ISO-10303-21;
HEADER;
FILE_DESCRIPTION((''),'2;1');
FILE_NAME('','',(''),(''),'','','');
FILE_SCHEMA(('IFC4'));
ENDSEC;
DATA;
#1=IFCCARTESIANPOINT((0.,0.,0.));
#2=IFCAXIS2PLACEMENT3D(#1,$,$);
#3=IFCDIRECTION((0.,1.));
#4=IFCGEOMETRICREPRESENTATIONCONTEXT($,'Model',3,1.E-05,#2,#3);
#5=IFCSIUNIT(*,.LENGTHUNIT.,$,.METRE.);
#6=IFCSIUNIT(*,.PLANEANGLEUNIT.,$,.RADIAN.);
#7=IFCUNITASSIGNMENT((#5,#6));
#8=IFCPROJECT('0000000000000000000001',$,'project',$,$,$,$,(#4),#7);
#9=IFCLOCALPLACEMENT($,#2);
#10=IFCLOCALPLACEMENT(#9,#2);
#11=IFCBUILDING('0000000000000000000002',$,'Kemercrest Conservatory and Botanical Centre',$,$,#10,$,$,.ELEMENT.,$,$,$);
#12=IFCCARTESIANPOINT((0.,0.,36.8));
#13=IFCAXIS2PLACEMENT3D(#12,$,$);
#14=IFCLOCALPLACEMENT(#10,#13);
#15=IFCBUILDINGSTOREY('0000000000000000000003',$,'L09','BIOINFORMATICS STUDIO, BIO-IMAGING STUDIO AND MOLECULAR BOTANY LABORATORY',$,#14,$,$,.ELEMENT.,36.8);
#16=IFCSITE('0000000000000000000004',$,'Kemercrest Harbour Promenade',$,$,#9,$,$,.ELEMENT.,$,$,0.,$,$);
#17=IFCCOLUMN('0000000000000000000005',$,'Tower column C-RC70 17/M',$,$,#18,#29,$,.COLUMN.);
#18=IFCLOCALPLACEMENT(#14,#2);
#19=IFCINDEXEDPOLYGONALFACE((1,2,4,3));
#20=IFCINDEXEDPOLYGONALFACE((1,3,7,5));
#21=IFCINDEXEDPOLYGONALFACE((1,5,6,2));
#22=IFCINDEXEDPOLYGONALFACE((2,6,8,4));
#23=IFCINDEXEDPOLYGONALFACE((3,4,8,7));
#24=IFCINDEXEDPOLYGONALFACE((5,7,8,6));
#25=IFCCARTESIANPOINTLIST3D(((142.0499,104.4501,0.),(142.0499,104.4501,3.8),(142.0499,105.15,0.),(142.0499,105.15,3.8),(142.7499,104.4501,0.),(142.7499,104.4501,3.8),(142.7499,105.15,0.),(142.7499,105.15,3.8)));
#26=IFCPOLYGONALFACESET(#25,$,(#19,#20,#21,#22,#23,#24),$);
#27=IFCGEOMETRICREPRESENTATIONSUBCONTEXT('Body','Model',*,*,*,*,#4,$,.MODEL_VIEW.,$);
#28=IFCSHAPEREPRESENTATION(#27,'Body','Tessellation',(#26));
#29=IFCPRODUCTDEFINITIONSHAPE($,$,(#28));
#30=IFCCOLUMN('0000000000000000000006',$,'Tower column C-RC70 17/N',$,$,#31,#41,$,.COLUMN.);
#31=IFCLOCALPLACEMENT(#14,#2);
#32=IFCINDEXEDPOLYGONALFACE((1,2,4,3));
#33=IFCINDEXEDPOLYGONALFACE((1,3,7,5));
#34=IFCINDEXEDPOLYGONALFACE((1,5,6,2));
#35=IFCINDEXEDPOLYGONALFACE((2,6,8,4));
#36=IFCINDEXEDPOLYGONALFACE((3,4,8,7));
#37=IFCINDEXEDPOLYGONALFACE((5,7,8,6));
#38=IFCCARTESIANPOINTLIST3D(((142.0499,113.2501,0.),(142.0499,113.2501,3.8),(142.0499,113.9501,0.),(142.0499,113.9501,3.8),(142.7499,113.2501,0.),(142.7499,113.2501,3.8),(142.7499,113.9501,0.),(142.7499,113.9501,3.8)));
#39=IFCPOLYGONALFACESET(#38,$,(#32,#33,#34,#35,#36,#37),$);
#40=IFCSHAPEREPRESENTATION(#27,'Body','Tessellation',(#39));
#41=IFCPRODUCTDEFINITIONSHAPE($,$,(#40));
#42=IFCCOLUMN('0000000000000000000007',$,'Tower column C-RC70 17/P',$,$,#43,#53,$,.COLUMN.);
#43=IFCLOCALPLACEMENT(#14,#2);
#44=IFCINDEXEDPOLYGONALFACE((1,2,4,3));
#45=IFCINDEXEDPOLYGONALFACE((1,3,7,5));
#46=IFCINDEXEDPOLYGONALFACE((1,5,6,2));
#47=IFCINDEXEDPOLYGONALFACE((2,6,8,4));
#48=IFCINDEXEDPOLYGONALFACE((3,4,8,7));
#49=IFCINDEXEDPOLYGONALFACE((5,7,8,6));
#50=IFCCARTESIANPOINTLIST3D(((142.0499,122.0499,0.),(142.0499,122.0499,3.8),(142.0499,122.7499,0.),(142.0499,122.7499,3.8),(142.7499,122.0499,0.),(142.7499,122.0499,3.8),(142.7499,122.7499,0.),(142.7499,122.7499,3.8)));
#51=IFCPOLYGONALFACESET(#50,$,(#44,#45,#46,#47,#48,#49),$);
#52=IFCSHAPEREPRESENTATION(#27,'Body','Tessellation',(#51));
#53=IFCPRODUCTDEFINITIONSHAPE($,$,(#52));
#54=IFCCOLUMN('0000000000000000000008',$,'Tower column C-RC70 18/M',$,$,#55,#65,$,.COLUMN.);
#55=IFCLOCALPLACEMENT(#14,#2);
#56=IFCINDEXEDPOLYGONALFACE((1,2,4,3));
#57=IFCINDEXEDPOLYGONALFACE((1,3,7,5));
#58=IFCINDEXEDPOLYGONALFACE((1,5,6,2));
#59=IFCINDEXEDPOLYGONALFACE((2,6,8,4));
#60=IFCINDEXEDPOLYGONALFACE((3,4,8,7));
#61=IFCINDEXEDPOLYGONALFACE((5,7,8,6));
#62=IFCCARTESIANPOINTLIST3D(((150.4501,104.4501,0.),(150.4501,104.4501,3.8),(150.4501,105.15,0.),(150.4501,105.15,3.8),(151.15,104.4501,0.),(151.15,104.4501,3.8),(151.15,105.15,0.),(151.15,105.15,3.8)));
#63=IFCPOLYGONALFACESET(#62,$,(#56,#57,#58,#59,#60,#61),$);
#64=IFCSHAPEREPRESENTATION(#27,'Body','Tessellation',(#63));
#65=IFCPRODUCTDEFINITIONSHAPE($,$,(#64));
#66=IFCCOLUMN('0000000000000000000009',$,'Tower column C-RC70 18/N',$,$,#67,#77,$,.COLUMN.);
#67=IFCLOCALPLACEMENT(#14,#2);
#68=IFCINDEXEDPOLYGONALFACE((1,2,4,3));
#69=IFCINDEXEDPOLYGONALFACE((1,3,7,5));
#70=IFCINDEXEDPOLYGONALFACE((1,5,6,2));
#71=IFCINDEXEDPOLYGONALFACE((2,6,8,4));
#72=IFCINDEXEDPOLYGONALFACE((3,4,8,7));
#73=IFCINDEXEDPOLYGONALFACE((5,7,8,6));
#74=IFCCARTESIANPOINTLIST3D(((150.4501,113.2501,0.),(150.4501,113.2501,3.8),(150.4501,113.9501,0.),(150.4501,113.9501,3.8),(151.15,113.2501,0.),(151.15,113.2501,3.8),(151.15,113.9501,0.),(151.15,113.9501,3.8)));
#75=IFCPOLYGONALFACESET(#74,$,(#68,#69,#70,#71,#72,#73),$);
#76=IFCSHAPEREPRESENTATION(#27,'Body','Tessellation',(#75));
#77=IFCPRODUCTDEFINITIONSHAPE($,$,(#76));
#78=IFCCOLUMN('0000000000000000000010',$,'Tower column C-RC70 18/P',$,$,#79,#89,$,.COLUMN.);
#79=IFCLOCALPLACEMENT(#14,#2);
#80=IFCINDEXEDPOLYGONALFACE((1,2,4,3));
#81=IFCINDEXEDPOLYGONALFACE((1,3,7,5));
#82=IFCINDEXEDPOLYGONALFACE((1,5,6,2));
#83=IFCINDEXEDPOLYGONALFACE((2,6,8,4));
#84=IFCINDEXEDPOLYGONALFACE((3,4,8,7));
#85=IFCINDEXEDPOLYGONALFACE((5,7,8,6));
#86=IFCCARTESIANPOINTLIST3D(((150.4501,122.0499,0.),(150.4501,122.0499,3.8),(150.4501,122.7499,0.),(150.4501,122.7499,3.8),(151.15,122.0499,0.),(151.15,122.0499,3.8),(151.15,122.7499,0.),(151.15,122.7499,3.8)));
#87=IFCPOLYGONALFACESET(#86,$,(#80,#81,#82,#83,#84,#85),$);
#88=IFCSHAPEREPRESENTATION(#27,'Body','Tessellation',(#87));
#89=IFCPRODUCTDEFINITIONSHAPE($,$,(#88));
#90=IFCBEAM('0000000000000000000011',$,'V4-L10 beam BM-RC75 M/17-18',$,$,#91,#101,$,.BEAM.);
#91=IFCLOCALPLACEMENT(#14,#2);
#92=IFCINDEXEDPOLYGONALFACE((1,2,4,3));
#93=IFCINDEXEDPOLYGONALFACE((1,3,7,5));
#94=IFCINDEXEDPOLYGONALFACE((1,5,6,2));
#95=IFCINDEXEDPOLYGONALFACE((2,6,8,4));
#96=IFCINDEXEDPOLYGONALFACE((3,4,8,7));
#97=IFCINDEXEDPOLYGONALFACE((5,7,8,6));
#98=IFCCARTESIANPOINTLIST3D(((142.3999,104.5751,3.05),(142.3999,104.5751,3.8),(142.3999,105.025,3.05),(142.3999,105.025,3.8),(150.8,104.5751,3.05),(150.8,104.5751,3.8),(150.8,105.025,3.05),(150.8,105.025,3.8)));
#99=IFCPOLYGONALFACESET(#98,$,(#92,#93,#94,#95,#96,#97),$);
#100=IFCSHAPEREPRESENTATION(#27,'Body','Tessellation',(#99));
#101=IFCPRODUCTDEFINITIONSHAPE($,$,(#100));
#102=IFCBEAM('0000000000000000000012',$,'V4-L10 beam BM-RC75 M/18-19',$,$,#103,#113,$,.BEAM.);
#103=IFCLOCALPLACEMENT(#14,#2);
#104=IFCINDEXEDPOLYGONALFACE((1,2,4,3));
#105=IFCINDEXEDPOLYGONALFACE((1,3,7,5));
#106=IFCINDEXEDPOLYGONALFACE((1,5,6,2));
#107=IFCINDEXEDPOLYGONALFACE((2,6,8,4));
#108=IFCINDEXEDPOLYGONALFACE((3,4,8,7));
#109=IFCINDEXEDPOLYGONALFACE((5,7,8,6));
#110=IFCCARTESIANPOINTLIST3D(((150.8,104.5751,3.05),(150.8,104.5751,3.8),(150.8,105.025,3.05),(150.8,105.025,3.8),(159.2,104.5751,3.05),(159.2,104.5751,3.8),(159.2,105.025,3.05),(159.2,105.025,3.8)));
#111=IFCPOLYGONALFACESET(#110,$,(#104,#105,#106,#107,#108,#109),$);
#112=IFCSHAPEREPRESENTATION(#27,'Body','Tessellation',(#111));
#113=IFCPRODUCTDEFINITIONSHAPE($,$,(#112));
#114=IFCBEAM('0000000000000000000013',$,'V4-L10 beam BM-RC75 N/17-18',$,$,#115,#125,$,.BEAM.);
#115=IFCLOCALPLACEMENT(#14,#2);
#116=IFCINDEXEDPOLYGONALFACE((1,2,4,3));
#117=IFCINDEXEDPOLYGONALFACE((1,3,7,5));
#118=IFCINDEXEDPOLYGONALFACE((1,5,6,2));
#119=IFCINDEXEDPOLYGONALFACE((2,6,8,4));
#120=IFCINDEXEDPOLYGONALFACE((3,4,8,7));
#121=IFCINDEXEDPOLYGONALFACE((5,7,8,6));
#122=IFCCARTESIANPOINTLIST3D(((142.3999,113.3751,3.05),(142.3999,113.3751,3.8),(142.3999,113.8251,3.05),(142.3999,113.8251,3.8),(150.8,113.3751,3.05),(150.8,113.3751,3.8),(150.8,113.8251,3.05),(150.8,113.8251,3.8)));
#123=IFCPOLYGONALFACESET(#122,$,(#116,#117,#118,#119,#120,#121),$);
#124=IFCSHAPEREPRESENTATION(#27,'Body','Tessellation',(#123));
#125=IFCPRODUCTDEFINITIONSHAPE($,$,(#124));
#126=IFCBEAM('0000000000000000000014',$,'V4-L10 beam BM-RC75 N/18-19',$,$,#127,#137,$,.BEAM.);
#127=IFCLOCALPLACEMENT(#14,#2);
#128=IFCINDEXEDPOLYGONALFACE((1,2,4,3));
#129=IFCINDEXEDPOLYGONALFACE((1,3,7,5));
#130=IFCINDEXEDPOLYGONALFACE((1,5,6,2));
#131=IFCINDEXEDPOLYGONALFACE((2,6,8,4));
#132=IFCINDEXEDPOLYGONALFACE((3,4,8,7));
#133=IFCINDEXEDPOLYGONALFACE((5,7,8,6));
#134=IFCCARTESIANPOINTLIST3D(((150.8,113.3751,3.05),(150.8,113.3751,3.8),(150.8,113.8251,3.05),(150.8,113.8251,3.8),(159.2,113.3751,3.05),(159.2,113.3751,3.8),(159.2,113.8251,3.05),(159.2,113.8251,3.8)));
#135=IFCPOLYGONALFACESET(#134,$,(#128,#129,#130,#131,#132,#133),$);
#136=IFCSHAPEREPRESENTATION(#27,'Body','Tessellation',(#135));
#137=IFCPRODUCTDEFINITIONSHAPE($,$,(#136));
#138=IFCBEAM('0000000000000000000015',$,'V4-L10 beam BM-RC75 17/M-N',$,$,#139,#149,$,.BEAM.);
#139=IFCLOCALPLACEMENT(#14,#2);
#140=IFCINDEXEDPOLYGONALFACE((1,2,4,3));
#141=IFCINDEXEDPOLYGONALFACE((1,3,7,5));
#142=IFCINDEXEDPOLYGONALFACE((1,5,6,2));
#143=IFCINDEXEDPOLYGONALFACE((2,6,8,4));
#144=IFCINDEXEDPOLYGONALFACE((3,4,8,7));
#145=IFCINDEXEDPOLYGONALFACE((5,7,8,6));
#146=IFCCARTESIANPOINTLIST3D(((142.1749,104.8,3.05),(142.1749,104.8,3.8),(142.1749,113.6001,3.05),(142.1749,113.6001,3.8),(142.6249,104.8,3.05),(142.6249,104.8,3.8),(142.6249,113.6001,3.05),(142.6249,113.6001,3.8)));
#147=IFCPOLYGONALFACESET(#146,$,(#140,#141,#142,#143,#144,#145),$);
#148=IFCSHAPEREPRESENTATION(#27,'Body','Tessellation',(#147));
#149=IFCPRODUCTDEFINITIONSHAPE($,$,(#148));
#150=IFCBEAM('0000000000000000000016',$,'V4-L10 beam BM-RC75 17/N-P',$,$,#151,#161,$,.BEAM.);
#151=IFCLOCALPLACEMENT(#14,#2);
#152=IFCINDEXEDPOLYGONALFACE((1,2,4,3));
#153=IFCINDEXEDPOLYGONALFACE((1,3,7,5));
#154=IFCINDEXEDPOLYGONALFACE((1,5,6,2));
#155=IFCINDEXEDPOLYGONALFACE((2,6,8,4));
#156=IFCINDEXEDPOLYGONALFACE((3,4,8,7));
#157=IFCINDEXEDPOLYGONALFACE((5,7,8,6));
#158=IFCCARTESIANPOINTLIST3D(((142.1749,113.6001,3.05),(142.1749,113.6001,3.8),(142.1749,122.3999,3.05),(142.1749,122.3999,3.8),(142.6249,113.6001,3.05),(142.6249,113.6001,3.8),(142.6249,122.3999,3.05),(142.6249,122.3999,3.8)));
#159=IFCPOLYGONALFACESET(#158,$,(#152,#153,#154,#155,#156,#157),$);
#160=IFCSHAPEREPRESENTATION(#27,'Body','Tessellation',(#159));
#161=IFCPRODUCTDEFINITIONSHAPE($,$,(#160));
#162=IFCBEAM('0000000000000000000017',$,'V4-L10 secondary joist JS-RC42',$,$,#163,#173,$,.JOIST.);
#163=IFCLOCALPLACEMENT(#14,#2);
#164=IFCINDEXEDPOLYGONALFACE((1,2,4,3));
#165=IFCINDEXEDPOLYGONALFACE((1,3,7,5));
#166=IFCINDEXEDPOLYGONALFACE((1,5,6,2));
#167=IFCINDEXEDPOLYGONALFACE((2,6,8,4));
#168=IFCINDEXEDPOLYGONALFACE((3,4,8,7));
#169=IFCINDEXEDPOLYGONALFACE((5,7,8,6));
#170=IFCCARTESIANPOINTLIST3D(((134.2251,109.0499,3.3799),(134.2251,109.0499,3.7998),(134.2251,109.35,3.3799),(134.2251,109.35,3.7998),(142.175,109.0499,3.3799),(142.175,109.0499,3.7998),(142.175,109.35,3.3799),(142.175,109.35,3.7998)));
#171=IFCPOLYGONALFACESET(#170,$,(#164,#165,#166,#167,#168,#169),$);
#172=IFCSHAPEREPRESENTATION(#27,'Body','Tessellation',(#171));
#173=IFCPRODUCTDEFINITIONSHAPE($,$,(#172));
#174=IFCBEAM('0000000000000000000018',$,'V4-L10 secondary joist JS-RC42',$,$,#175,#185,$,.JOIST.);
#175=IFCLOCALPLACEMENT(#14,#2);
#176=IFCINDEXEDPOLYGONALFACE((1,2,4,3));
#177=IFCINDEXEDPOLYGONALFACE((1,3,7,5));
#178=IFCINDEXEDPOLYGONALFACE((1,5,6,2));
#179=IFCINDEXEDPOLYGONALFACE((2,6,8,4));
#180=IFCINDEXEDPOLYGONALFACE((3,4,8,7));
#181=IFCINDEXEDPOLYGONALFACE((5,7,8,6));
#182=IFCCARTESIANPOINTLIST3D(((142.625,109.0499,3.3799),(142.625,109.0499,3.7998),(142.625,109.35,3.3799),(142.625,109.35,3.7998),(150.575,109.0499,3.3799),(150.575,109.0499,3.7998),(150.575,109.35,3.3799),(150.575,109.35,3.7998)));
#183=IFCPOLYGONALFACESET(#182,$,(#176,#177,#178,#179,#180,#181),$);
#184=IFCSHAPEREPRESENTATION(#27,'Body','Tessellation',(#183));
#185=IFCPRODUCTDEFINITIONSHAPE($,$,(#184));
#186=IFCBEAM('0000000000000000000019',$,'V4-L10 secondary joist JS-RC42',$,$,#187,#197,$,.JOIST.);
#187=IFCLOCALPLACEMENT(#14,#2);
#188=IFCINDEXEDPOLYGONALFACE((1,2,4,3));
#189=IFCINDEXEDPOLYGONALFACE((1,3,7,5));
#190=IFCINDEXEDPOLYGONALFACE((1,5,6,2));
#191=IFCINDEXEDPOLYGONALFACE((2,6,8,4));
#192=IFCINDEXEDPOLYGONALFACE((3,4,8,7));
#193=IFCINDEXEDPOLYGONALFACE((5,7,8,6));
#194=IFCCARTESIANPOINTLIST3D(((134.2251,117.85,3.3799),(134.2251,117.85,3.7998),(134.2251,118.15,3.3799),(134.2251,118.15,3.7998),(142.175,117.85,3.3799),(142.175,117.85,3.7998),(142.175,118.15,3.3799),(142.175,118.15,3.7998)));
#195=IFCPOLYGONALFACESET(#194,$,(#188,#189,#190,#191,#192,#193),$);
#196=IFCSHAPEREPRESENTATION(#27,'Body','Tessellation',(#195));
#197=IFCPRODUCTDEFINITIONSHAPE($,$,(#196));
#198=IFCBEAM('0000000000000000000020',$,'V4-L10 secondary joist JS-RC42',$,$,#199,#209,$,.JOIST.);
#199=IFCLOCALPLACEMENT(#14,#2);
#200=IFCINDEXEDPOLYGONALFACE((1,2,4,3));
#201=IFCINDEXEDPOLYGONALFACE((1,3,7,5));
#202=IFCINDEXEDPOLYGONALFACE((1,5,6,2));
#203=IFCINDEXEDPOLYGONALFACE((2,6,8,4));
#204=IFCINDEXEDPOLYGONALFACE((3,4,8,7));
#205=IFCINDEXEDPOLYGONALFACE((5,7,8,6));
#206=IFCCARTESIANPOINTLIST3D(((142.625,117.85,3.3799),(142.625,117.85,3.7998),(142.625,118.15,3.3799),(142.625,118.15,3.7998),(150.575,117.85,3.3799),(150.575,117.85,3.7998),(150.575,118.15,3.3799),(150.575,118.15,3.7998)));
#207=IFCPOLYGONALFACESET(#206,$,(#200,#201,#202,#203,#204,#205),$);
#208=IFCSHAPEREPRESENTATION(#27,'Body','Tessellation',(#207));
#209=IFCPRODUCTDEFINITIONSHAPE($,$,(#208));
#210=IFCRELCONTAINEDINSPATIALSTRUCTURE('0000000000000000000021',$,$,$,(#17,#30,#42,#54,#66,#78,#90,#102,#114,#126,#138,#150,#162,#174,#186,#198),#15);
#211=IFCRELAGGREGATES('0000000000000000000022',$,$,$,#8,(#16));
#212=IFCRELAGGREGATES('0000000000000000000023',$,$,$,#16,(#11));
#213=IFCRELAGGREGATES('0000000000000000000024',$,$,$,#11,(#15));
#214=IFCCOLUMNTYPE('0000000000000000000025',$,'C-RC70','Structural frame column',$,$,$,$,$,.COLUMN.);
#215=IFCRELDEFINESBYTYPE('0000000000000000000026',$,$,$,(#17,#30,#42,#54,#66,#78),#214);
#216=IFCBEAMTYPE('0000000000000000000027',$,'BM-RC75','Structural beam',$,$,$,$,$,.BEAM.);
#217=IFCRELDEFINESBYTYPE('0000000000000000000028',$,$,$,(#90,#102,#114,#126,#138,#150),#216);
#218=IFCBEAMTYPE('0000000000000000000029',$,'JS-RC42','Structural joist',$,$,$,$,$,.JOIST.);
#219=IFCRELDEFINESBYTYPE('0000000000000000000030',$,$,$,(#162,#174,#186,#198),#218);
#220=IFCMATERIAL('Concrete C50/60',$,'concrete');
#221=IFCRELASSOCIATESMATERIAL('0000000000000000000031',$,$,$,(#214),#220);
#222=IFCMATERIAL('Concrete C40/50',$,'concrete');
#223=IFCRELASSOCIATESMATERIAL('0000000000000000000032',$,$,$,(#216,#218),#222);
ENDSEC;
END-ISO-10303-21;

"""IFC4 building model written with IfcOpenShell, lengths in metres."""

from ifc_helpers import new_model, si_unit, direction, frame, origin, origin_2d, place, context, subcontext, project, spatial, rectangle, extrude, material, material_profile, profile_set, type_object, element, save


model = new_model("IFC4")

# Units and contexts
model_context = context("Model", 3, precision=1e-05, world=origin(), true_north=direction((0.0, 1.0)))
body_context = subcontext(model_context, "Body", "Model", "MODEL_VIEW")
ifc_project = project(units=[si_unit("LENGTHUNIT", "METRE"), si_unit("PLANEANGLEUNIT", "RADIAN")], contexts=[model_context])

# Site, building, storey
site_placement = place(None, origin())
site = spatial("IfcSite", under=ifc_project, at=site_placement, Name="Kemercrest Harbour Promenade", CompositionType="ELEMENT", RefElevation=0.0)
building_placement = place(site_placement, origin())
building = spatial("IfcBuilding", under=site, at=building_placement, Name="Kemercrest Conservatory and Botanical Centre", CompositionType="ELEMENT")
storey_placement = place(building_placement, frame((0.0, 0.0, 36.8)))
storey = spatial("IfcBuildingStorey", under=building, at=storey_placement, Name="L09", Description="BIOINFORMATICS STUDIO, BIO-IMAGING STUDIO AND MOLECULAR BOTANY LABORATORY", CompositionType="ELEMENT", Elevation=36.8)

# Columns
ifc_material_1 = material(Name="Concrete C50/60", Category="concrete")
ifc_material_profile_1 = material_profile(ifc_material_1, rectangle(XDim=0.7, YDim=0.7, at=origin_2d()), Name="RC 700x700")
ifc_profile_set_1 = profile_set([ifc_material_profile_1], Name="Concrete C50/60")
column_type = type_object("IfcColumnType", Name="C-RC70", Description="Structural frame column", PredefinedType="COLUMN", material=ifc_profile_set_1)
for number, where, z_axis, x_axis, name in (
    (1, (142.3999, 104.8, 0.0), (0.0, 0.0, 1.0), (1.0, 0.0, 0.0), "Tower column C-RC70 17/M"),
    (2, (142.3999, 113.6001, 0.0), (0.0, 0.0, 1.0), (1.0, 0.0, 0.0), "Tower column C-RC70 17/N"),
    (3, (142.3999, 122.3999, 0.0), (0.0, 0.0, 1.0), (1.0, 0.0, 0.0), "Tower column C-RC70 17/P"),
    (4, (150.8, 104.8, 0.0), (0.0, 0.0, 1.0), (1.0, 0.0, 0.0), "Tower column C-RC70 18/M"),
    (5, (150.8, 113.6001, 0.0), (0.0, 0.0, 1.0), (1.0, 0.0, 0.0), "Tower column C-RC70 18/N"),
    (6, (150.8, 122.3999, 0.0), (0.0, 0.0, 1.0), (1.0, 0.0, 0.0), "Tower column C-RC70 18/P"),
):
    element("IfcColumn", number, at=place(storey_placement, frame(where, z_axis=z_axis, x_axis=x_axis)), inside=storey, type_object=column_type, Name=name, PredefinedType="COLUMN", context=body_context, shape_type="SweptSolid", body=[
        extrude(rectangle(XDim=0.7, YDim=0.7, at=origin_2d()), origin(), (0.0, 0.0, 1.0), 3.8),
    ])

# Beams
ifc_material_2 = material(Name="Concrete C40/50", Category="concrete")
ifc_material_profile_2 = material_profile(ifc_material_2, rectangle(XDim=0.45, YDim=0.75, at=origin_2d()), Name="RC 450x750")
ifc_profile_set_2 = profile_set([ifc_material_profile_2], Name="Concrete C40/50")
beam_type_1 = type_object("IfcBeamType", Name="BM-RC75", Description="Structural beam", PredefinedType="BEAM", material=ifc_profile_set_2)
beam_1_placement = place(storey_placement, frame((142.3999, 104.8, 3.425), z_axis=(1.0, 0.0, 0.0), x_axis=(0.0, 1.0, 0.0)))
element("IfcBeam", 7, at=beam_1_placement, inside=storey, type_object=beam_type_1, Name="V4-L10 beam BM-RC75 M/17-18", PredefinedType="BEAM", context=body_context, shape_type="SweptSolid", body=[
    extrude(rectangle(XDim=0.45, YDim=0.75, at=origin_2d()), origin(), (0.0, 0.0, 1.0), 8.4001),
])
beam_2_placement = place(storey_placement, frame((150.8, 104.8, 3.425), z_axis=(1.0, 0.0, 0.0), x_axis=(0.0, 1.0, 0.0)))
element("IfcBeam", 8, at=beam_2_placement, inside=storey, type_object=beam_type_1, Name="V4-L10 beam BM-RC75 M/18-19", PredefinedType="BEAM", context=body_context, shape_type="SweptSolid", body=[
    extrude(rectangle(XDim=0.45, YDim=0.75, at=origin_2d()), origin(), (0.0, 0.0, 1.0), 8.3999),
])
beam_3_placement = place(storey_placement, frame((142.3999, 113.6001, 3.425), z_axis=(1.0, 0.0, 0.0), x_axis=(0.0, 1.0, 0.0)))
element("IfcBeam", 9, at=beam_3_placement, inside=storey, type_object=beam_type_1, Name="V4-L10 beam BM-RC75 N/17-18", PredefinedType="BEAM", context=body_context, shape_type="SweptSolid", body=[
    extrude(rectangle(XDim=0.45, YDim=0.75, at=origin_2d()), origin(), (0.0, 0.0, 1.0), 8.4001),
])
beam_4_placement = place(storey_placement, frame((150.8, 113.6001, 3.425), z_axis=(1.0, 0.0, 0.0), x_axis=(0.0, 1.0, 0.0)))
element("IfcBeam", 10, at=beam_4_placement, inside=storey, type_object=beam_type_1, Name="V4-L10 beam BM-RC75 N/18-19", PredefinedType="BEAM", context=body_context, shape_type="SweptSolid", body=[
    extrude(rectangle(XDim=0.45, YDim=0.75, at=origin_2d()), origin(), (0.0, 0.0, 1.0), 8.3999),
])
beam_5_placement = place(storey_placement, frame((142.3999, 104.8, 3.425), z_axis=(0.0, 1.0, 0.0), x_axis=(-1.0, 0.0, 0.0)))
element("IfcBeam", 11, at=beam_5_placement, inside=storey, type_object=beam_type_1, Name="V4-L10 beam BM-RC75 17/M-N", PredefinedType="BEAM", context=body_context, shape_type="SweptSolid", body=[
    extrude(rectangle(XDim=0.45, YDim=0.75, at=origin_2d()), origin(), (0.0, 0.0, 1.0), 8.8),
])
beam_6_placement = place(storey_placement, frame((142.3999, 113.6001, 3.425), z_axis=(0.0, 1.0, 0.0), x_axis=(-1.0, 0.0, 0.0)))
element("IfcBeam", 12, at=beam_6_placement, inside=storey, type_object=beam_type_1, Name="V4-L10 beam BM-RC75 17/N-P", PredefinedType="BEAM", context=body_context, shape_type="SweptSolid", body=[
    extrude(rectangle(XDim=0.45, YDim=0.75, at=origin_2d()), origin(), (0.0, 0.0, 1.0), 8.7998),
])
ifc_material_profile_3 = material_profile(ifc_material_2, rectangle(XDim=0.3, YDim=0.4199, at=origin_2d()), Name="RC 300x420")
ifc_profile_set_3 = profile_set([ifc_material_profile_3], Name="Concrete C40/50")
beam_type_2 = type_object("IfcBeamType", Name="JS-RC42", Description="Structural joist", PredefinedType="JOIST", material=ifc_profile_set_3)
for number, where, z_axis, x_axis, name in (
    (13, (134.2251, 109.2, 3.5898), (1.0, 0.0, 0.0), (0.0, 1.0, 0.0), "V4-L10 secondary joist JS-RC42"),
    (14, (142.625, 109.2, 3.5898), (1.0, 0.0, 0.0), (0.0, 1.0, 0.0), "V4-L10 secondary joist JS-RC42"),
    (15, (134.2251, 118.0, 3.5898), (1.0, 0.0, 0.0), (0.0, 1.0, 0.0), "V4-L10 secondary joist JS-RC42"),
    (16, (142.625, 118.0, 3.5898), (1.0, 0.0, 0.0), (0.0, 1.0, 0.0), "V4-L10 secondary joist JS-RC42"),
):
    element("IfcBeam", number, at=place(storey_placement, frame(where, z_axis=z_axis, x_axis=x_axis)), inside=storey, type_object=beam_type_2, Name=name, PredefinedType="JOIST", context=body_context, shape_type="SweptSolid", body=[
        extrude(rectangle(XDim=0.3, YDim=0.4199, at=origin_2d()), origin(), (0.0, 0.0, 1.0), 7.95),
    ])

save(model, "model.ifc")
